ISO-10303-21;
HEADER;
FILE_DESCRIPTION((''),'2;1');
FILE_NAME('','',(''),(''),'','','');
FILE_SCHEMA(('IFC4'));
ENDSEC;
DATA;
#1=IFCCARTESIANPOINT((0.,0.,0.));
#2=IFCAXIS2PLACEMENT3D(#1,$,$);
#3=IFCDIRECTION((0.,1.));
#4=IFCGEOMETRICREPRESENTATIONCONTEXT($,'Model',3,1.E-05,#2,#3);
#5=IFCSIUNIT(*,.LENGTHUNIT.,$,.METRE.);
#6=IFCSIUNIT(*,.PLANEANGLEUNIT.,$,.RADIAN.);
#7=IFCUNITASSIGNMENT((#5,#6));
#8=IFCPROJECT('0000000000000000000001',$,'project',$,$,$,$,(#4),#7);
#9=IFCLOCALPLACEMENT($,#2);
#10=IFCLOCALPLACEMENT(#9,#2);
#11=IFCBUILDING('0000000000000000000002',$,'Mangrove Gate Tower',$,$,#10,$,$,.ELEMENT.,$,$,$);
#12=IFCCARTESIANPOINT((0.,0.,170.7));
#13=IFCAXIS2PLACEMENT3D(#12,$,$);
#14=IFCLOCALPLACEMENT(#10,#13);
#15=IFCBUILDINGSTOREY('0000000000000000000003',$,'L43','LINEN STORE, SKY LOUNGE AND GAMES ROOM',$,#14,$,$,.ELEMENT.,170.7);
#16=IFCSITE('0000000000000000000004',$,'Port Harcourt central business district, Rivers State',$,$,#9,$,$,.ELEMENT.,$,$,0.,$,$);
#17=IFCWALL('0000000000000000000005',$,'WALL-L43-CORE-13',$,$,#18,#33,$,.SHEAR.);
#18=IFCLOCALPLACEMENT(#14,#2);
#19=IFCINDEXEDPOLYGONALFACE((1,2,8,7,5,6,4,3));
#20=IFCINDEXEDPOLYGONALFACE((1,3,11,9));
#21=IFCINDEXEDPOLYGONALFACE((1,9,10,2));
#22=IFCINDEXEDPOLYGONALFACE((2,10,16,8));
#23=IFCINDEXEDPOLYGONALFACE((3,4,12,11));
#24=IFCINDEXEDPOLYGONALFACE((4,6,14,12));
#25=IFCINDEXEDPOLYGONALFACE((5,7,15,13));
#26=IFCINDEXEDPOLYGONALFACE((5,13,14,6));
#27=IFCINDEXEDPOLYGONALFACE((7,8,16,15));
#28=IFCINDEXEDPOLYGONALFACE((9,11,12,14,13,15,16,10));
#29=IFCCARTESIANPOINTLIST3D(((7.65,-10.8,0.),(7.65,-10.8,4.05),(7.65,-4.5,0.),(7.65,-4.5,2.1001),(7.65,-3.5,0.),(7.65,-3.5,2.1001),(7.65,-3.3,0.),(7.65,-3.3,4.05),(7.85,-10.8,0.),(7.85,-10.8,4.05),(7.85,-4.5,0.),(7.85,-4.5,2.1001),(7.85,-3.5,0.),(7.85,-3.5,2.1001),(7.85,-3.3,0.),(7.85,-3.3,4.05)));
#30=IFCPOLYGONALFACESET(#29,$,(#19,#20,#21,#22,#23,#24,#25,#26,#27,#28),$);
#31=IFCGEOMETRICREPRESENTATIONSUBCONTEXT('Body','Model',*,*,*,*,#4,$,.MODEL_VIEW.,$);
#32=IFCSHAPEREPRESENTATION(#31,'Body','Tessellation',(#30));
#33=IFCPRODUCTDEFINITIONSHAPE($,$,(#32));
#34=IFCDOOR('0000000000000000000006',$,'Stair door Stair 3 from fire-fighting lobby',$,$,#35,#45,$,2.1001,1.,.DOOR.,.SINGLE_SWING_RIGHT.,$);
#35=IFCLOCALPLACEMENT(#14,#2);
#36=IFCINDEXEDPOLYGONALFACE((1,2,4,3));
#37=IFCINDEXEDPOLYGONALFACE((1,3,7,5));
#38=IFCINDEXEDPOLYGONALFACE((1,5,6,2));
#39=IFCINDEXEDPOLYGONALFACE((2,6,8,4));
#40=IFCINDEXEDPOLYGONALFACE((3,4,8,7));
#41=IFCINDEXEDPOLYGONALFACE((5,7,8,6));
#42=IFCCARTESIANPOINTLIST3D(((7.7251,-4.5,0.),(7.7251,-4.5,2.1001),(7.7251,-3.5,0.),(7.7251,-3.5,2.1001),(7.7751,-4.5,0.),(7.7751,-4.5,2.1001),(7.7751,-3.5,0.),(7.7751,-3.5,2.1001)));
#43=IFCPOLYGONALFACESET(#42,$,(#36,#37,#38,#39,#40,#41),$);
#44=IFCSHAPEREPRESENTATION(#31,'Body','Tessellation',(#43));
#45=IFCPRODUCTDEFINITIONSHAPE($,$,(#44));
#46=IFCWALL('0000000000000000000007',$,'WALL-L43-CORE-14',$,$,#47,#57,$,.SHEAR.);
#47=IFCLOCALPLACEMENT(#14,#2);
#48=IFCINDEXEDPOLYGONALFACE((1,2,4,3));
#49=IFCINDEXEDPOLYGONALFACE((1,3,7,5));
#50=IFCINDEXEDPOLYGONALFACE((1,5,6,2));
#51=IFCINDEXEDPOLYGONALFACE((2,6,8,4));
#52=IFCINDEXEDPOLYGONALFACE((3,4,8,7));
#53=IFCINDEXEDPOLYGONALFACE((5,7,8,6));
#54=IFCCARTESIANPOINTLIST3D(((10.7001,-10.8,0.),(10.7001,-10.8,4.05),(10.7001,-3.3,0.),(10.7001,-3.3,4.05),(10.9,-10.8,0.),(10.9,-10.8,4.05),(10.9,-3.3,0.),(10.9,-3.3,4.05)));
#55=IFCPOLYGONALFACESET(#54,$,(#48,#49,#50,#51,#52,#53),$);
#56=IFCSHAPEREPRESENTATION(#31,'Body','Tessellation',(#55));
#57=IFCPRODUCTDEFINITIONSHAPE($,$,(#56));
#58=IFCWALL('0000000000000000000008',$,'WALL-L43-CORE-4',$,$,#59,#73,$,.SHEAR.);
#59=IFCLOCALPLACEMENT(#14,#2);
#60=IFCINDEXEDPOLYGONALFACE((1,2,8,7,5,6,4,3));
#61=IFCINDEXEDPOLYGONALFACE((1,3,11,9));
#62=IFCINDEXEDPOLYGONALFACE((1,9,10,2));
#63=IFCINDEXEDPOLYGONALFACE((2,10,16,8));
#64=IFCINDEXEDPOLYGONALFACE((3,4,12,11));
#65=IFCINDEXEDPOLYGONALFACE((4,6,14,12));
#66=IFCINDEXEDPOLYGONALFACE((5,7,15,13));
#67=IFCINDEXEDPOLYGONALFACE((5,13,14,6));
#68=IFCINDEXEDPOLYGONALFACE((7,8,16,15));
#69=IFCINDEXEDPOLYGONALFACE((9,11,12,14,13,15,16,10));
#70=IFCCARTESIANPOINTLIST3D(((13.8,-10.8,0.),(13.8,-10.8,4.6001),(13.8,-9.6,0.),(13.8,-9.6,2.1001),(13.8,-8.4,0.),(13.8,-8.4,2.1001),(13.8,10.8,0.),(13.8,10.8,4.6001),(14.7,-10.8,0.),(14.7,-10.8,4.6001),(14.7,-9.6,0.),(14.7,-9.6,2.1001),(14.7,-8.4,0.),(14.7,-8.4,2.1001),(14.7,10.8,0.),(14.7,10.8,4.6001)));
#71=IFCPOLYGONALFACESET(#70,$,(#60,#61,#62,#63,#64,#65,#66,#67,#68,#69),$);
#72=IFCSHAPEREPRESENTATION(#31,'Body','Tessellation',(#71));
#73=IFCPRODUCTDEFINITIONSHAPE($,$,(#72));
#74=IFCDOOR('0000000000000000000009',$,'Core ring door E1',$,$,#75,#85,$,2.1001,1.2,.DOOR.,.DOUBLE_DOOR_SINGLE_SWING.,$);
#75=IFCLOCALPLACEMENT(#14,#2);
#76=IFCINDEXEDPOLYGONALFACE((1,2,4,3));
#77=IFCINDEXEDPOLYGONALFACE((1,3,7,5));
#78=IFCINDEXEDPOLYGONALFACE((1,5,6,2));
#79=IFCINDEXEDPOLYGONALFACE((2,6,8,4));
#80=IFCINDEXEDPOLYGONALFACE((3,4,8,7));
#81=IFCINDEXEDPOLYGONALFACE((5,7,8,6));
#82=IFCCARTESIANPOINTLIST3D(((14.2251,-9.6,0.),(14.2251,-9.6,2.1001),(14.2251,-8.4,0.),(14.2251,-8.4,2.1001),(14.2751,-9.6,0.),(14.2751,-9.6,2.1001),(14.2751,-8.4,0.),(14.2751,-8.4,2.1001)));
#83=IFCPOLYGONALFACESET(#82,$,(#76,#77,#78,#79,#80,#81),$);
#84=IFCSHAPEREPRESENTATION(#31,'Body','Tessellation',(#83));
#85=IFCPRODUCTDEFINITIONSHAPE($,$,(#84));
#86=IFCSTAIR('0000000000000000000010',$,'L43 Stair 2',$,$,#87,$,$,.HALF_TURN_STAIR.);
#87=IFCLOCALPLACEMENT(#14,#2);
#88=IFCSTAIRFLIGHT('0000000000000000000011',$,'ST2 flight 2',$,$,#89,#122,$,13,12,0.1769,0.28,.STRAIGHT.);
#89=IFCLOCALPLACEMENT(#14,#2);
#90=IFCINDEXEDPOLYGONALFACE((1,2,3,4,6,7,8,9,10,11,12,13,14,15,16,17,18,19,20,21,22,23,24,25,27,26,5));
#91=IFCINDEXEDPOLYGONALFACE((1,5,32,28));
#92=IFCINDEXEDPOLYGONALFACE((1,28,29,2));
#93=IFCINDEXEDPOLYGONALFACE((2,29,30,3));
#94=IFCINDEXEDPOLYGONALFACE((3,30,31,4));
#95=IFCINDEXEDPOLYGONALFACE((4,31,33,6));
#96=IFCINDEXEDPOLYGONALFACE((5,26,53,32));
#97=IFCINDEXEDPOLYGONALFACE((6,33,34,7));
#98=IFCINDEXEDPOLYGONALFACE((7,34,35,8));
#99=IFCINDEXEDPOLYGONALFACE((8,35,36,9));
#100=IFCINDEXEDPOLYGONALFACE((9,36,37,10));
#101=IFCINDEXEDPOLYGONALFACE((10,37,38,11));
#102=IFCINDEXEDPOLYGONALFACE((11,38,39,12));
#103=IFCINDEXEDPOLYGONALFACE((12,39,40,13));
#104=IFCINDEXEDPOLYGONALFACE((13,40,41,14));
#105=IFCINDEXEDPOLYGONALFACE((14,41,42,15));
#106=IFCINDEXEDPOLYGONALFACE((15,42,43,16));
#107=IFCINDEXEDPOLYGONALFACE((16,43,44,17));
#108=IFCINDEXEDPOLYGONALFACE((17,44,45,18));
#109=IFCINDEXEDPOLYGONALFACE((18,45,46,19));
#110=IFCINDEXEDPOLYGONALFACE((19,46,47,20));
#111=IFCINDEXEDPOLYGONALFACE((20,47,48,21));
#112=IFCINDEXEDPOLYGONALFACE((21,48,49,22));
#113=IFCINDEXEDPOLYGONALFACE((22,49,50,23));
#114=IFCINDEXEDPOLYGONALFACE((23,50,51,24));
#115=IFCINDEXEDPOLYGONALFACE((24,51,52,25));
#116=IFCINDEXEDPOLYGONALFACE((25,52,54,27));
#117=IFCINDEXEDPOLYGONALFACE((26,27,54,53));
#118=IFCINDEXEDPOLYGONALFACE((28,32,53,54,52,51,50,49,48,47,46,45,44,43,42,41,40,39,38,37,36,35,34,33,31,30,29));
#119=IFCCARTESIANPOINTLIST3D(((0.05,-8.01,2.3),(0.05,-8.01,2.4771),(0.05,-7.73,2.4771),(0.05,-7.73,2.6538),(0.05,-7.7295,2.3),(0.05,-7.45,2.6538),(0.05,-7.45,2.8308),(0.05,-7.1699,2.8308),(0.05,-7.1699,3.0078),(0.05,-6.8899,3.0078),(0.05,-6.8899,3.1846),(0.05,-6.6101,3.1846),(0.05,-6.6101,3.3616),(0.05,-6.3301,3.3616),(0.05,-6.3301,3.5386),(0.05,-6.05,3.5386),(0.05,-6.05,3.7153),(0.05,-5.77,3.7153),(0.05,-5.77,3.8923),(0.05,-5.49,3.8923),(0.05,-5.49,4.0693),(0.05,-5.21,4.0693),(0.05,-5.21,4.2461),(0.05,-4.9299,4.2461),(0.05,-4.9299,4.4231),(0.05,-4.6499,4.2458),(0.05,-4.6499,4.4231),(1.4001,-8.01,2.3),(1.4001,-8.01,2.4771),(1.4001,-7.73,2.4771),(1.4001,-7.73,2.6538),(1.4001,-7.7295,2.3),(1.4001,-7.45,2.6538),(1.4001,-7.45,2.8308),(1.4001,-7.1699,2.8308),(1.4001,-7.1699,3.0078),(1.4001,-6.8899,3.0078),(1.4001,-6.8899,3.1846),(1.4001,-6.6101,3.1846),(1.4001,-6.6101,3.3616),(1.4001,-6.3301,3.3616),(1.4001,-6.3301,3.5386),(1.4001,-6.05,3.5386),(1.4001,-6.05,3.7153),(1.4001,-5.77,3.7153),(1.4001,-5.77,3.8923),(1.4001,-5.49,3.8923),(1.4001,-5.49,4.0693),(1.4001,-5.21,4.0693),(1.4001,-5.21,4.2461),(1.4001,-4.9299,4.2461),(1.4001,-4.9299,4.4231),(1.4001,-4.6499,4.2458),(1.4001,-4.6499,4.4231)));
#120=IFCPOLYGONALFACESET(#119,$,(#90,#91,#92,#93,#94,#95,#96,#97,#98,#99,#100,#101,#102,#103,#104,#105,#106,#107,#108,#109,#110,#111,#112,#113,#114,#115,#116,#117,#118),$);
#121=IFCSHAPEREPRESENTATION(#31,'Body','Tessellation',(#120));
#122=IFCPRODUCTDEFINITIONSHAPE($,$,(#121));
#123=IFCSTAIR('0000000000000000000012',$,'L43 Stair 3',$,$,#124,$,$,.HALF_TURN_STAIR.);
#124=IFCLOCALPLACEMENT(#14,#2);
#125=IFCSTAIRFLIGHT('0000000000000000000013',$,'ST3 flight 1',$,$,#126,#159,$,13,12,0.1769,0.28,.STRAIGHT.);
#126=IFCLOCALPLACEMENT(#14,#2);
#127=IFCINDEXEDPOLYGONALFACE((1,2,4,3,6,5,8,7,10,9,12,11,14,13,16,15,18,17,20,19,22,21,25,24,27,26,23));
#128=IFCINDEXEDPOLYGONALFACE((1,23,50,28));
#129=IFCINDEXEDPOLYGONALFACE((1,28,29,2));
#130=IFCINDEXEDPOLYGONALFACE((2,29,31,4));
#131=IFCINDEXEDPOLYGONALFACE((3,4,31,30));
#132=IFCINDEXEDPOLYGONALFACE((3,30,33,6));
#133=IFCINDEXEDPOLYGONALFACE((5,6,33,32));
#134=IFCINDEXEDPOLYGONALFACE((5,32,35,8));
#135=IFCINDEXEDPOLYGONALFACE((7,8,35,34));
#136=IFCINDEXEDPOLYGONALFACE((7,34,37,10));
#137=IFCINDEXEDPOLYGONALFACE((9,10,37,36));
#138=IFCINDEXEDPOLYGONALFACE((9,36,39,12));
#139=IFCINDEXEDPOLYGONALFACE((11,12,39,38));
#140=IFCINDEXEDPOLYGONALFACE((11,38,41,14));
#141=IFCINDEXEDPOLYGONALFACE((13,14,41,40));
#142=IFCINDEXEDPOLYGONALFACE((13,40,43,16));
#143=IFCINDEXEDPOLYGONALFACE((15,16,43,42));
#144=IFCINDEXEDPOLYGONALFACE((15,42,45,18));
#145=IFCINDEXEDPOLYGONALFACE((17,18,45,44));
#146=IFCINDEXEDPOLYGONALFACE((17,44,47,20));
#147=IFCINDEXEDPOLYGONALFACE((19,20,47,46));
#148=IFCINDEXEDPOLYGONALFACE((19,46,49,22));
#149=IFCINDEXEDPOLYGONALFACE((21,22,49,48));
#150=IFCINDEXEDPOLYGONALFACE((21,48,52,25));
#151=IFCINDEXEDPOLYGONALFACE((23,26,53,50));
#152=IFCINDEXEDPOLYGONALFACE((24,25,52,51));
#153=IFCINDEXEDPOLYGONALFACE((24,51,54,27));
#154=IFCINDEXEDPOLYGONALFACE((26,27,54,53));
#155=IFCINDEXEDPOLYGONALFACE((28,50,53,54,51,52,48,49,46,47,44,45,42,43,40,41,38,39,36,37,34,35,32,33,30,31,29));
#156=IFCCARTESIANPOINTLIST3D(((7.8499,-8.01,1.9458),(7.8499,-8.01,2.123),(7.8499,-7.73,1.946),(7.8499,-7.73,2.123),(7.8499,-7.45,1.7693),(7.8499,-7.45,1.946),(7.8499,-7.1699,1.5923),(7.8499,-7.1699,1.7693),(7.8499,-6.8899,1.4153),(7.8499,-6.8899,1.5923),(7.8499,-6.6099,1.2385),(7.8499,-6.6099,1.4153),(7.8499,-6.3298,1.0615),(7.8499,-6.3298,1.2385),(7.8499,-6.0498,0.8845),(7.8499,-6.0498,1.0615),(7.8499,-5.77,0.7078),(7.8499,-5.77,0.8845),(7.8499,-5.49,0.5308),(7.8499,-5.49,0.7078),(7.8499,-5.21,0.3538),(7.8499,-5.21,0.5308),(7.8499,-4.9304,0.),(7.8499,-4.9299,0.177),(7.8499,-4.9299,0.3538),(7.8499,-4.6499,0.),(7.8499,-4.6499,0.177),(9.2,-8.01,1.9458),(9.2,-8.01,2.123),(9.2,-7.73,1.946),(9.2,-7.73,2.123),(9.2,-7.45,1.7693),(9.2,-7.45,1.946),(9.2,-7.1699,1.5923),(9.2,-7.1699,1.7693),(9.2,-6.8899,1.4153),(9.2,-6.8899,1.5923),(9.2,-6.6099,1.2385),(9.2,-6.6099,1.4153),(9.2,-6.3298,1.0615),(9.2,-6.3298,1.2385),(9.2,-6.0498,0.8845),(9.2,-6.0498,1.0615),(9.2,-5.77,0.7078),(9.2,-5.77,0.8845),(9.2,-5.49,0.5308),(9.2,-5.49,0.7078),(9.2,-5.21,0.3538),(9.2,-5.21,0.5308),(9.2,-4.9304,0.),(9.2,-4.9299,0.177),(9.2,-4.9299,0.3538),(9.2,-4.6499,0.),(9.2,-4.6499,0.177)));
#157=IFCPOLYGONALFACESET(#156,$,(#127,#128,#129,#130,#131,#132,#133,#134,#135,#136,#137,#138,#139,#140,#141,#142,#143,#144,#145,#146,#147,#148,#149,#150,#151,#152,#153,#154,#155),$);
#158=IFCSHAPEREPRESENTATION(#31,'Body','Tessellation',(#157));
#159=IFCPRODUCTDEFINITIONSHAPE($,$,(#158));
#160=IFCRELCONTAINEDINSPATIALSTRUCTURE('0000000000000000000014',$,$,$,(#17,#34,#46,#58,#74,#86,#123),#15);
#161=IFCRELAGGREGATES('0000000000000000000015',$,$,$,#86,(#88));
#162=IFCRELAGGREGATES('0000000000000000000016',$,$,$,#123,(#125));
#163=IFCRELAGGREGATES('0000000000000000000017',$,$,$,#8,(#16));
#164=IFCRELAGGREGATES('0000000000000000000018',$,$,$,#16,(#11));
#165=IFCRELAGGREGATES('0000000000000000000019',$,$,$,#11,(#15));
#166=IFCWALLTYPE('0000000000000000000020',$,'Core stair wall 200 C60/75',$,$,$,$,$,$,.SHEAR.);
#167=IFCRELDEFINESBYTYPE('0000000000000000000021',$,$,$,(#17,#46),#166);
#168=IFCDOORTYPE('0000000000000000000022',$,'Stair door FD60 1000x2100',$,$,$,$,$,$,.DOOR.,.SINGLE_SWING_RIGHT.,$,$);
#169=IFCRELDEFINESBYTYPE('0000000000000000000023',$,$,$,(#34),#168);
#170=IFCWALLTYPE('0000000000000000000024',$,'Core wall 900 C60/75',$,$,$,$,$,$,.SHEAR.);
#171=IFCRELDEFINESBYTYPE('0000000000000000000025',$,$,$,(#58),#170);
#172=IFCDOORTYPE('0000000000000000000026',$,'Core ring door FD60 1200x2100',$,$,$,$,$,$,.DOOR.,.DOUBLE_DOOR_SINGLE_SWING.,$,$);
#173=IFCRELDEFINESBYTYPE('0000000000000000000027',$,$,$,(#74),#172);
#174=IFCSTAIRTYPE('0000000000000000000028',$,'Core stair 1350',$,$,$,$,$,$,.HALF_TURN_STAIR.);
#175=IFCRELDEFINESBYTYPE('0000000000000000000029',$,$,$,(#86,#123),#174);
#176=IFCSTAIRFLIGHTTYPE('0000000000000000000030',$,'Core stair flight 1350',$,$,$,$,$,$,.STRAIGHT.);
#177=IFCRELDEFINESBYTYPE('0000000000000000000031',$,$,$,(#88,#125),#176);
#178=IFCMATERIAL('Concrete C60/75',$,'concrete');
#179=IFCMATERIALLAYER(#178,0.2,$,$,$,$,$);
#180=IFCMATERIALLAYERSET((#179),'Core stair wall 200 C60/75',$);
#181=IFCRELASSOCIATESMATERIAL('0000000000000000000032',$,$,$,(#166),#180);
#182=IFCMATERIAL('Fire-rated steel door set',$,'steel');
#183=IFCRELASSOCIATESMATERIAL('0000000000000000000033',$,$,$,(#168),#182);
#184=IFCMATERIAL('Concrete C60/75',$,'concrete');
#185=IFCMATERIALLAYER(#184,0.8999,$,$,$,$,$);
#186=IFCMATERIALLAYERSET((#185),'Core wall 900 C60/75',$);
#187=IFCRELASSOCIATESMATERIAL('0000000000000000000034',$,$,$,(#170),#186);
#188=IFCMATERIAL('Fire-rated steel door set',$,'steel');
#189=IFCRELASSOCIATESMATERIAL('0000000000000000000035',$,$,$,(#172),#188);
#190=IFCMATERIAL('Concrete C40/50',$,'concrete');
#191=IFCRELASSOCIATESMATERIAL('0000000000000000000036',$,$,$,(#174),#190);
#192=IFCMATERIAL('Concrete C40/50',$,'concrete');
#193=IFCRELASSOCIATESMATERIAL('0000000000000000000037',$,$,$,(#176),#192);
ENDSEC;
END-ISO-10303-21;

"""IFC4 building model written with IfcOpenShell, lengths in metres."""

from ifc_helpers import new_model, si_unit, direction, frame, frame_2d, origin, place, context, subcontext, project, spatial, polyline, rectangle, outline, extrude, material, layer, layer_set, type_object, element, fill, aggregate, save


model = new_model("IFC4")

# Units and contexts
model_context = context("Model", 3, precision=1e-05, world=origin(), true_north=direction((0.0, 1.0)))
body_context = subcontext(model_context, "Body", "Model", "MODEL_VIEW")
ifc_project = project(units=[si_unit("LENGTHUNIT", "METRE"), si_unit("PLANEANGLEUNIT", "RADIAN")], contexts=[model_context])

# Site, building, storey
site_placement = place(None, origin())
site = spatial("IfcSite", under=ifc_project, at=site_placement, Name="Port Harcourt central business district, Rivers State", CompositionType="ELEMENT", RefElevation=0.0)
building_placement = place(site_placement, origin())
building = spatial("IfcBuilding", under=site, at=building_placement, Name="Mangrove Gate Tower", CompositionType="ELEMENT")
storey_placement = place(building_placement, frame((0.0, 0.0, 170.7)))
storey = spatial("IfcBuildingStorey", under=building, at=storey_placement, Name="L43", Description="LINEN STORE, SKY LOUNGE AND GAMES ROOM", CompositionType="ELEMENT", Elevation=170.7)

# Wall, opening, door
ifc_material_1 = material(Name="Concrete C60/75", Category="concrete")
ifc_layer_1 = layer(ifc_material_1, 0.2)
ifc_layer_set_1 = layer_set([ifc_layer_1], Name="Core stair wall 200 C60/75")
wall_type_1 = type_object("IfcWallType", Name="Core stair wall 200 C60/75", PredefinedType="SHEAR", material=ifc_layer_set_1)
ifc_material_2 = material(Name="Fire-rated steel door set", Category="steel")
door_type_1 = type_object("IfcDoorType", Name="Stair door FD60 1000x2100", OperationType="SINGLE_SWING_RIGHT", PredefinedType="DOOR", material=ifc_material_2)
wall_1_placement = place(storey_placement, frame((7.75, -10.8, 0.0), z_axis=(0.0, 0.0, 1.0), x_axis=(0.0, 1.0, 0.0)))
wall_1 = element("IfcWall", 1, at=wall_1_placement, inside=storey, type_object=wall_type_1, Name="WALL-L43-CORE-13", PredefinedType="SHEAR", context=body_context, shape_type="SweptSolid", body=[
    extrude(rectangle(XDim=7.5, YDim=0.2, at=frame_2d((3.75, 0.0))), origin(), (0.0, 0.0, 1.0), 4.05),
])
opening_1_placement = place(wall_1_placement, frame((6.3, 0.0, 0.0)))
opening_1 = element("IfcOpeningElement", 2, at=opening_1_placement, cuts=wall_1, PredefinedType="OPENING", context=body_context, shape_type="SweptSolid", body=[
    extrude(rectangle(XDim=1.0, YDim=2.1001, at=frame_2d((0.5, 1.05))), frame((0.0, 0.1099, 0.0), z_axis=(0.0, -1.0, 0.0), x_axis=(1.0, 0.0, 0.0)), (0.0, 0.0, 1.0), 0.22),
])
door_1_placement = place(opening_1_placement, origin())
door_1 = element("IfcDoor", 3, at=door_1_placement, inside=storey, type_object=door_type_1, Name="Stair door Stair 3 from fire-fighting lobby", OperationType="SINGLE_SWING_RIGHT", OverallHeight=2.1001, OverallWidth=1.0, PredefinedType="DOOR", context=body_context, shape_type="SweptSolid", body=[
    extrude(rectangle(XDim=1.0, YDim=2.1001, at=frame_2d((0.5, 1.05))), frame((0.0, 0.0249, 0.0), z_axis=(0.0, -1.0, 0.0), x_axis=(1.0, 0.0, 0.0)), (0.0, 0.0, 1.0), 0.05),
])
fill(opening_1, door_1)

# Wall
wall_2_placement = place(storey_placement, frame((10.8, -10.8, 0.0), z_axis=(0.0, 0.0, 1.0), x_axis=(0.0, 1.0, 0.0)))
element("IfcWall", 4, at=wall_2_placement, inside=storey, type_object=wall_type_1, Name="WALL-L43-CORE-14", PredefinedType="SHEAR", context=body_context, shape_type="SweptSolid", body=[
    extrude(rectangle(XDim=7.5, YDim=0.2, at=frame_2d((3.75, 0.0))), origin(), (0.0, 0.0, 1.0), 4.05),
])

# Wall, opening, door
ifc_material_3 = material(Name="Concrete C60/75", Category="concrete")
ifc_layer_2 = layer(ifc_material_3, 0.8999)
ifc_layer_set_2 = layer_set([ifc_layer_2], Name="Core wall 900 C60/75")
wall_type_2 = type_object("IfcWallType", Name="Core wall 900 C60/75", PredefinedType="SHEAR", material=ifc_layer_set_2)
wall_3_placement = place(storey_placement, frame((14.25, -10.8, 0.0), z_axis=(0.0, 0.0, 1.0), x_axis=(0.0, 1.0, 0.0)))
wall_3 = element("IfcWall", 5, at=wall_3_placement, inside=storey, type_object=wall_type_2, Name="WALL-L43-CORE-4", PredefinedType="SHEAR", context=body_context, shape_type="SweptSolid", body=[
    extrude(rectangle(XDim=21.6001, YDim=0.8999, at=frame_2d((10.8, 0.0))), origin(), (0.0, 0.0, 1.0), 4.6001),
])
opening_2_placement = place(wall_3_placement, frame((1.2, 0.0, 0.0)))
opening_2 = element("IfcOpeningElement", 6, at=opening_2_placement, cuts=wall_3, PredefinedType="OPENING", context=body_context, shape_type="SweptSolid", body=[
    extrude(rectangle(XDim=1.2, YDim=2.1001, at=frame_2d((0.6001, 1.05))), frame((0.0, 0.46, 0.0), z_axis=(0.0, -1.0, 0.0), x_axis=(1.0, 0.0, 0.0)), (0.0, 0.0, 1.0), 0.9199),
])
ifc_material_4 = material(Name="Fire-rated steel door set", Category="steel")
door_type_2 = type_object("IfcDoorType", Name="Core ring door FD60 1200x2100", OperationType="DOUBLE_DOOR_SINGLE_SWING", PredefinedType="DOOR", material=ifc_material_4)
door_2_placement = place(opening_2_placement, origin())
door_2 = element("IfcDoor", 7, at=door_2_placement, inside=storey, type_object=door_type_2, Name="Core ring door E1", OperationType="DOUBLE_DOOR_SINGLE_SWING", OverallHeight=2.1001, OverallWidth=1.2, PredefinedType="DOOR", context=body_context, shape_type="SweptSolid", body=[
    extrude(rectangle(XDim=1.2, YDim=2.1001, at=frame_2d((0.6001, 1.05))), frame((0.0, 0.0249, 0.0), z_axis=(0.0, -1.0, 0.0), x_axis=(1.0, 0.0, 0.0)), (0.0, 0.0, 1.0), 0.05),
])
fill(opening_2, door_2)

# Stair, stair flight
ifc_material_5 = material(Name="Concrete C40/50", Category="concrete")
stair_type = type_object("IfcStairType", Name="Core stair 1350", PredefinedType="HALF_TURN_STAIR", material=ifc_material_5)
stair_1_placement = place(storey_placement, origin())
stair_1 = element("IfcStair", 8, at=stair_1_placement, inside=storey, type_object=stair_type, Name="L43 Stair 2", PredefinedType="HALF_TURN_STAIR")
ifc_material_6 = material(Name="Concrete C40/50", Category="concrete")
stair_flight_type = type_object("IfcStairFlightType", Name="Core stair flight 1350", PredefinedType="STRAIGHT", material=ifc_material_6)
stair_flight_1_placement = place(storey_placement, frame((0.7251, -8.01, 2.3), z_axis=(0.0, 0.0, 1.0), x_axis=(0.0, 1.0, 0.0)))
stair_flight_1 = element("IfcStairFlight", 9, at=stair_flight_1_placement, type_object=stair_flight_type, Name="ST2 flight 2", NumberOfRisers=13, NumberOfTreads=12, PredefinedType="STRAIGHT", RiserHeight=0.1769, TreadLength=0.28, context=body_context, shape_type="SweptSolid", body=[
    extrude(outline(polyline([(0.0, 0.0), (0.0, 0.177), (0.28, 0.177), (0.28, 0.3538), (0.5601, 0.3538), (0.5601, 0.5308), (0.8401, 0.5308), (0.8401, 0.7078), (1.1201, 0.7078), (1.1201, 0.8845), (1.3999, 0.8845), (1.3999, 1.0615), (1.6799, 1.0615), (1.6799, 1.2385), (1.96, 1.2385), (1.96, 1.4153), (2.24, 1.4153), (2.24, 1.5923), (2.52, 1.5923), (2.52, 1.7693), (2.8, 1.7693), (2.8, 1.946), (3.0801, 1.946), (3.0801, 2.123), (3.3601, 2.123), (3.3601, 2.3), (3.3601, 1.9458), (0.2805, 0.0), (0.0, 0.0)])), frame((0.0, 0.675, 0.0), z_axis=(0.0, -1.0, 0.0), x_axis=(1.0, 0.0, 0.0)), (0.0, 0.0, 1.0), 1.3501),
])
aggregate(stair_1, [stair_flight_1])

# Stair, stair flight
stair_2_placement = place(storey_placement, origin())
stair_2 = element("IfcStair", 10, at=stair_2_placement, inside=storey, type_object=stair_type, Name="L43 Stair 3", PredefinedType="HALF_TURN_STAIR")
stair_flight_2_placement = place(storey_placement, frame((8.5249, -4.6499, 0.0), z_axis=(0.0, 0.0, 1.0), x_axis=(0.0, -1.0, 0.0)))
stair_flight_2 = element("IfcStairFlight", 11, at=stair_flight_2_placement, type_object=stair_flight_type, Name="ST3 flight 1", NumberOfRisers=13, NumberOfTreads=12, PredefinedType="STRAIGHT", RiserHeight=0.1769, TreadLength=0.28, context=body_context, shape_type="SweptSolid", body=[
    extrude(outline(polyline([(0.0, 0.0), (0.0, 0.177), (0.28, 0.177), (0.28, 0.3538), (0.5601, 0.3538), (0.5601, 0.5308), (0.8401, 0.5308), (0.8401, 0.7078), (1.1201, 0.7078), (1.1201, 0.8845), (1.3999, 0.8845), (1.3999, 1.0615), (1.6799, 1.0615), (1.6799, 1.2385), (1.96, 1.2385), (1.96, 1.4153), (2.24, 1.4153), (2.24, 1.5923), (2.52, 1.5923), (2.52, 1.7693), (2.8, 1.7693), (2.8, 1.946), (3.0801, 1.946), (3.0801, 2.123), (3.3601, 2.123), (3.3601, 2.3), (3.3601, 1.9458), (0.2805, 0.0), (0.0, 0.0)])), frame((0.0, 0.675, 0.0), z_axis=(0.0, -1.0, 0.0), x_axis=(1.0, 0.0, 0.0)), (0.0, 0.0, 1.0), 1.3501),
])
aggregate(stair_2, [stair_flight_2])

save(model, "model.ifc")
